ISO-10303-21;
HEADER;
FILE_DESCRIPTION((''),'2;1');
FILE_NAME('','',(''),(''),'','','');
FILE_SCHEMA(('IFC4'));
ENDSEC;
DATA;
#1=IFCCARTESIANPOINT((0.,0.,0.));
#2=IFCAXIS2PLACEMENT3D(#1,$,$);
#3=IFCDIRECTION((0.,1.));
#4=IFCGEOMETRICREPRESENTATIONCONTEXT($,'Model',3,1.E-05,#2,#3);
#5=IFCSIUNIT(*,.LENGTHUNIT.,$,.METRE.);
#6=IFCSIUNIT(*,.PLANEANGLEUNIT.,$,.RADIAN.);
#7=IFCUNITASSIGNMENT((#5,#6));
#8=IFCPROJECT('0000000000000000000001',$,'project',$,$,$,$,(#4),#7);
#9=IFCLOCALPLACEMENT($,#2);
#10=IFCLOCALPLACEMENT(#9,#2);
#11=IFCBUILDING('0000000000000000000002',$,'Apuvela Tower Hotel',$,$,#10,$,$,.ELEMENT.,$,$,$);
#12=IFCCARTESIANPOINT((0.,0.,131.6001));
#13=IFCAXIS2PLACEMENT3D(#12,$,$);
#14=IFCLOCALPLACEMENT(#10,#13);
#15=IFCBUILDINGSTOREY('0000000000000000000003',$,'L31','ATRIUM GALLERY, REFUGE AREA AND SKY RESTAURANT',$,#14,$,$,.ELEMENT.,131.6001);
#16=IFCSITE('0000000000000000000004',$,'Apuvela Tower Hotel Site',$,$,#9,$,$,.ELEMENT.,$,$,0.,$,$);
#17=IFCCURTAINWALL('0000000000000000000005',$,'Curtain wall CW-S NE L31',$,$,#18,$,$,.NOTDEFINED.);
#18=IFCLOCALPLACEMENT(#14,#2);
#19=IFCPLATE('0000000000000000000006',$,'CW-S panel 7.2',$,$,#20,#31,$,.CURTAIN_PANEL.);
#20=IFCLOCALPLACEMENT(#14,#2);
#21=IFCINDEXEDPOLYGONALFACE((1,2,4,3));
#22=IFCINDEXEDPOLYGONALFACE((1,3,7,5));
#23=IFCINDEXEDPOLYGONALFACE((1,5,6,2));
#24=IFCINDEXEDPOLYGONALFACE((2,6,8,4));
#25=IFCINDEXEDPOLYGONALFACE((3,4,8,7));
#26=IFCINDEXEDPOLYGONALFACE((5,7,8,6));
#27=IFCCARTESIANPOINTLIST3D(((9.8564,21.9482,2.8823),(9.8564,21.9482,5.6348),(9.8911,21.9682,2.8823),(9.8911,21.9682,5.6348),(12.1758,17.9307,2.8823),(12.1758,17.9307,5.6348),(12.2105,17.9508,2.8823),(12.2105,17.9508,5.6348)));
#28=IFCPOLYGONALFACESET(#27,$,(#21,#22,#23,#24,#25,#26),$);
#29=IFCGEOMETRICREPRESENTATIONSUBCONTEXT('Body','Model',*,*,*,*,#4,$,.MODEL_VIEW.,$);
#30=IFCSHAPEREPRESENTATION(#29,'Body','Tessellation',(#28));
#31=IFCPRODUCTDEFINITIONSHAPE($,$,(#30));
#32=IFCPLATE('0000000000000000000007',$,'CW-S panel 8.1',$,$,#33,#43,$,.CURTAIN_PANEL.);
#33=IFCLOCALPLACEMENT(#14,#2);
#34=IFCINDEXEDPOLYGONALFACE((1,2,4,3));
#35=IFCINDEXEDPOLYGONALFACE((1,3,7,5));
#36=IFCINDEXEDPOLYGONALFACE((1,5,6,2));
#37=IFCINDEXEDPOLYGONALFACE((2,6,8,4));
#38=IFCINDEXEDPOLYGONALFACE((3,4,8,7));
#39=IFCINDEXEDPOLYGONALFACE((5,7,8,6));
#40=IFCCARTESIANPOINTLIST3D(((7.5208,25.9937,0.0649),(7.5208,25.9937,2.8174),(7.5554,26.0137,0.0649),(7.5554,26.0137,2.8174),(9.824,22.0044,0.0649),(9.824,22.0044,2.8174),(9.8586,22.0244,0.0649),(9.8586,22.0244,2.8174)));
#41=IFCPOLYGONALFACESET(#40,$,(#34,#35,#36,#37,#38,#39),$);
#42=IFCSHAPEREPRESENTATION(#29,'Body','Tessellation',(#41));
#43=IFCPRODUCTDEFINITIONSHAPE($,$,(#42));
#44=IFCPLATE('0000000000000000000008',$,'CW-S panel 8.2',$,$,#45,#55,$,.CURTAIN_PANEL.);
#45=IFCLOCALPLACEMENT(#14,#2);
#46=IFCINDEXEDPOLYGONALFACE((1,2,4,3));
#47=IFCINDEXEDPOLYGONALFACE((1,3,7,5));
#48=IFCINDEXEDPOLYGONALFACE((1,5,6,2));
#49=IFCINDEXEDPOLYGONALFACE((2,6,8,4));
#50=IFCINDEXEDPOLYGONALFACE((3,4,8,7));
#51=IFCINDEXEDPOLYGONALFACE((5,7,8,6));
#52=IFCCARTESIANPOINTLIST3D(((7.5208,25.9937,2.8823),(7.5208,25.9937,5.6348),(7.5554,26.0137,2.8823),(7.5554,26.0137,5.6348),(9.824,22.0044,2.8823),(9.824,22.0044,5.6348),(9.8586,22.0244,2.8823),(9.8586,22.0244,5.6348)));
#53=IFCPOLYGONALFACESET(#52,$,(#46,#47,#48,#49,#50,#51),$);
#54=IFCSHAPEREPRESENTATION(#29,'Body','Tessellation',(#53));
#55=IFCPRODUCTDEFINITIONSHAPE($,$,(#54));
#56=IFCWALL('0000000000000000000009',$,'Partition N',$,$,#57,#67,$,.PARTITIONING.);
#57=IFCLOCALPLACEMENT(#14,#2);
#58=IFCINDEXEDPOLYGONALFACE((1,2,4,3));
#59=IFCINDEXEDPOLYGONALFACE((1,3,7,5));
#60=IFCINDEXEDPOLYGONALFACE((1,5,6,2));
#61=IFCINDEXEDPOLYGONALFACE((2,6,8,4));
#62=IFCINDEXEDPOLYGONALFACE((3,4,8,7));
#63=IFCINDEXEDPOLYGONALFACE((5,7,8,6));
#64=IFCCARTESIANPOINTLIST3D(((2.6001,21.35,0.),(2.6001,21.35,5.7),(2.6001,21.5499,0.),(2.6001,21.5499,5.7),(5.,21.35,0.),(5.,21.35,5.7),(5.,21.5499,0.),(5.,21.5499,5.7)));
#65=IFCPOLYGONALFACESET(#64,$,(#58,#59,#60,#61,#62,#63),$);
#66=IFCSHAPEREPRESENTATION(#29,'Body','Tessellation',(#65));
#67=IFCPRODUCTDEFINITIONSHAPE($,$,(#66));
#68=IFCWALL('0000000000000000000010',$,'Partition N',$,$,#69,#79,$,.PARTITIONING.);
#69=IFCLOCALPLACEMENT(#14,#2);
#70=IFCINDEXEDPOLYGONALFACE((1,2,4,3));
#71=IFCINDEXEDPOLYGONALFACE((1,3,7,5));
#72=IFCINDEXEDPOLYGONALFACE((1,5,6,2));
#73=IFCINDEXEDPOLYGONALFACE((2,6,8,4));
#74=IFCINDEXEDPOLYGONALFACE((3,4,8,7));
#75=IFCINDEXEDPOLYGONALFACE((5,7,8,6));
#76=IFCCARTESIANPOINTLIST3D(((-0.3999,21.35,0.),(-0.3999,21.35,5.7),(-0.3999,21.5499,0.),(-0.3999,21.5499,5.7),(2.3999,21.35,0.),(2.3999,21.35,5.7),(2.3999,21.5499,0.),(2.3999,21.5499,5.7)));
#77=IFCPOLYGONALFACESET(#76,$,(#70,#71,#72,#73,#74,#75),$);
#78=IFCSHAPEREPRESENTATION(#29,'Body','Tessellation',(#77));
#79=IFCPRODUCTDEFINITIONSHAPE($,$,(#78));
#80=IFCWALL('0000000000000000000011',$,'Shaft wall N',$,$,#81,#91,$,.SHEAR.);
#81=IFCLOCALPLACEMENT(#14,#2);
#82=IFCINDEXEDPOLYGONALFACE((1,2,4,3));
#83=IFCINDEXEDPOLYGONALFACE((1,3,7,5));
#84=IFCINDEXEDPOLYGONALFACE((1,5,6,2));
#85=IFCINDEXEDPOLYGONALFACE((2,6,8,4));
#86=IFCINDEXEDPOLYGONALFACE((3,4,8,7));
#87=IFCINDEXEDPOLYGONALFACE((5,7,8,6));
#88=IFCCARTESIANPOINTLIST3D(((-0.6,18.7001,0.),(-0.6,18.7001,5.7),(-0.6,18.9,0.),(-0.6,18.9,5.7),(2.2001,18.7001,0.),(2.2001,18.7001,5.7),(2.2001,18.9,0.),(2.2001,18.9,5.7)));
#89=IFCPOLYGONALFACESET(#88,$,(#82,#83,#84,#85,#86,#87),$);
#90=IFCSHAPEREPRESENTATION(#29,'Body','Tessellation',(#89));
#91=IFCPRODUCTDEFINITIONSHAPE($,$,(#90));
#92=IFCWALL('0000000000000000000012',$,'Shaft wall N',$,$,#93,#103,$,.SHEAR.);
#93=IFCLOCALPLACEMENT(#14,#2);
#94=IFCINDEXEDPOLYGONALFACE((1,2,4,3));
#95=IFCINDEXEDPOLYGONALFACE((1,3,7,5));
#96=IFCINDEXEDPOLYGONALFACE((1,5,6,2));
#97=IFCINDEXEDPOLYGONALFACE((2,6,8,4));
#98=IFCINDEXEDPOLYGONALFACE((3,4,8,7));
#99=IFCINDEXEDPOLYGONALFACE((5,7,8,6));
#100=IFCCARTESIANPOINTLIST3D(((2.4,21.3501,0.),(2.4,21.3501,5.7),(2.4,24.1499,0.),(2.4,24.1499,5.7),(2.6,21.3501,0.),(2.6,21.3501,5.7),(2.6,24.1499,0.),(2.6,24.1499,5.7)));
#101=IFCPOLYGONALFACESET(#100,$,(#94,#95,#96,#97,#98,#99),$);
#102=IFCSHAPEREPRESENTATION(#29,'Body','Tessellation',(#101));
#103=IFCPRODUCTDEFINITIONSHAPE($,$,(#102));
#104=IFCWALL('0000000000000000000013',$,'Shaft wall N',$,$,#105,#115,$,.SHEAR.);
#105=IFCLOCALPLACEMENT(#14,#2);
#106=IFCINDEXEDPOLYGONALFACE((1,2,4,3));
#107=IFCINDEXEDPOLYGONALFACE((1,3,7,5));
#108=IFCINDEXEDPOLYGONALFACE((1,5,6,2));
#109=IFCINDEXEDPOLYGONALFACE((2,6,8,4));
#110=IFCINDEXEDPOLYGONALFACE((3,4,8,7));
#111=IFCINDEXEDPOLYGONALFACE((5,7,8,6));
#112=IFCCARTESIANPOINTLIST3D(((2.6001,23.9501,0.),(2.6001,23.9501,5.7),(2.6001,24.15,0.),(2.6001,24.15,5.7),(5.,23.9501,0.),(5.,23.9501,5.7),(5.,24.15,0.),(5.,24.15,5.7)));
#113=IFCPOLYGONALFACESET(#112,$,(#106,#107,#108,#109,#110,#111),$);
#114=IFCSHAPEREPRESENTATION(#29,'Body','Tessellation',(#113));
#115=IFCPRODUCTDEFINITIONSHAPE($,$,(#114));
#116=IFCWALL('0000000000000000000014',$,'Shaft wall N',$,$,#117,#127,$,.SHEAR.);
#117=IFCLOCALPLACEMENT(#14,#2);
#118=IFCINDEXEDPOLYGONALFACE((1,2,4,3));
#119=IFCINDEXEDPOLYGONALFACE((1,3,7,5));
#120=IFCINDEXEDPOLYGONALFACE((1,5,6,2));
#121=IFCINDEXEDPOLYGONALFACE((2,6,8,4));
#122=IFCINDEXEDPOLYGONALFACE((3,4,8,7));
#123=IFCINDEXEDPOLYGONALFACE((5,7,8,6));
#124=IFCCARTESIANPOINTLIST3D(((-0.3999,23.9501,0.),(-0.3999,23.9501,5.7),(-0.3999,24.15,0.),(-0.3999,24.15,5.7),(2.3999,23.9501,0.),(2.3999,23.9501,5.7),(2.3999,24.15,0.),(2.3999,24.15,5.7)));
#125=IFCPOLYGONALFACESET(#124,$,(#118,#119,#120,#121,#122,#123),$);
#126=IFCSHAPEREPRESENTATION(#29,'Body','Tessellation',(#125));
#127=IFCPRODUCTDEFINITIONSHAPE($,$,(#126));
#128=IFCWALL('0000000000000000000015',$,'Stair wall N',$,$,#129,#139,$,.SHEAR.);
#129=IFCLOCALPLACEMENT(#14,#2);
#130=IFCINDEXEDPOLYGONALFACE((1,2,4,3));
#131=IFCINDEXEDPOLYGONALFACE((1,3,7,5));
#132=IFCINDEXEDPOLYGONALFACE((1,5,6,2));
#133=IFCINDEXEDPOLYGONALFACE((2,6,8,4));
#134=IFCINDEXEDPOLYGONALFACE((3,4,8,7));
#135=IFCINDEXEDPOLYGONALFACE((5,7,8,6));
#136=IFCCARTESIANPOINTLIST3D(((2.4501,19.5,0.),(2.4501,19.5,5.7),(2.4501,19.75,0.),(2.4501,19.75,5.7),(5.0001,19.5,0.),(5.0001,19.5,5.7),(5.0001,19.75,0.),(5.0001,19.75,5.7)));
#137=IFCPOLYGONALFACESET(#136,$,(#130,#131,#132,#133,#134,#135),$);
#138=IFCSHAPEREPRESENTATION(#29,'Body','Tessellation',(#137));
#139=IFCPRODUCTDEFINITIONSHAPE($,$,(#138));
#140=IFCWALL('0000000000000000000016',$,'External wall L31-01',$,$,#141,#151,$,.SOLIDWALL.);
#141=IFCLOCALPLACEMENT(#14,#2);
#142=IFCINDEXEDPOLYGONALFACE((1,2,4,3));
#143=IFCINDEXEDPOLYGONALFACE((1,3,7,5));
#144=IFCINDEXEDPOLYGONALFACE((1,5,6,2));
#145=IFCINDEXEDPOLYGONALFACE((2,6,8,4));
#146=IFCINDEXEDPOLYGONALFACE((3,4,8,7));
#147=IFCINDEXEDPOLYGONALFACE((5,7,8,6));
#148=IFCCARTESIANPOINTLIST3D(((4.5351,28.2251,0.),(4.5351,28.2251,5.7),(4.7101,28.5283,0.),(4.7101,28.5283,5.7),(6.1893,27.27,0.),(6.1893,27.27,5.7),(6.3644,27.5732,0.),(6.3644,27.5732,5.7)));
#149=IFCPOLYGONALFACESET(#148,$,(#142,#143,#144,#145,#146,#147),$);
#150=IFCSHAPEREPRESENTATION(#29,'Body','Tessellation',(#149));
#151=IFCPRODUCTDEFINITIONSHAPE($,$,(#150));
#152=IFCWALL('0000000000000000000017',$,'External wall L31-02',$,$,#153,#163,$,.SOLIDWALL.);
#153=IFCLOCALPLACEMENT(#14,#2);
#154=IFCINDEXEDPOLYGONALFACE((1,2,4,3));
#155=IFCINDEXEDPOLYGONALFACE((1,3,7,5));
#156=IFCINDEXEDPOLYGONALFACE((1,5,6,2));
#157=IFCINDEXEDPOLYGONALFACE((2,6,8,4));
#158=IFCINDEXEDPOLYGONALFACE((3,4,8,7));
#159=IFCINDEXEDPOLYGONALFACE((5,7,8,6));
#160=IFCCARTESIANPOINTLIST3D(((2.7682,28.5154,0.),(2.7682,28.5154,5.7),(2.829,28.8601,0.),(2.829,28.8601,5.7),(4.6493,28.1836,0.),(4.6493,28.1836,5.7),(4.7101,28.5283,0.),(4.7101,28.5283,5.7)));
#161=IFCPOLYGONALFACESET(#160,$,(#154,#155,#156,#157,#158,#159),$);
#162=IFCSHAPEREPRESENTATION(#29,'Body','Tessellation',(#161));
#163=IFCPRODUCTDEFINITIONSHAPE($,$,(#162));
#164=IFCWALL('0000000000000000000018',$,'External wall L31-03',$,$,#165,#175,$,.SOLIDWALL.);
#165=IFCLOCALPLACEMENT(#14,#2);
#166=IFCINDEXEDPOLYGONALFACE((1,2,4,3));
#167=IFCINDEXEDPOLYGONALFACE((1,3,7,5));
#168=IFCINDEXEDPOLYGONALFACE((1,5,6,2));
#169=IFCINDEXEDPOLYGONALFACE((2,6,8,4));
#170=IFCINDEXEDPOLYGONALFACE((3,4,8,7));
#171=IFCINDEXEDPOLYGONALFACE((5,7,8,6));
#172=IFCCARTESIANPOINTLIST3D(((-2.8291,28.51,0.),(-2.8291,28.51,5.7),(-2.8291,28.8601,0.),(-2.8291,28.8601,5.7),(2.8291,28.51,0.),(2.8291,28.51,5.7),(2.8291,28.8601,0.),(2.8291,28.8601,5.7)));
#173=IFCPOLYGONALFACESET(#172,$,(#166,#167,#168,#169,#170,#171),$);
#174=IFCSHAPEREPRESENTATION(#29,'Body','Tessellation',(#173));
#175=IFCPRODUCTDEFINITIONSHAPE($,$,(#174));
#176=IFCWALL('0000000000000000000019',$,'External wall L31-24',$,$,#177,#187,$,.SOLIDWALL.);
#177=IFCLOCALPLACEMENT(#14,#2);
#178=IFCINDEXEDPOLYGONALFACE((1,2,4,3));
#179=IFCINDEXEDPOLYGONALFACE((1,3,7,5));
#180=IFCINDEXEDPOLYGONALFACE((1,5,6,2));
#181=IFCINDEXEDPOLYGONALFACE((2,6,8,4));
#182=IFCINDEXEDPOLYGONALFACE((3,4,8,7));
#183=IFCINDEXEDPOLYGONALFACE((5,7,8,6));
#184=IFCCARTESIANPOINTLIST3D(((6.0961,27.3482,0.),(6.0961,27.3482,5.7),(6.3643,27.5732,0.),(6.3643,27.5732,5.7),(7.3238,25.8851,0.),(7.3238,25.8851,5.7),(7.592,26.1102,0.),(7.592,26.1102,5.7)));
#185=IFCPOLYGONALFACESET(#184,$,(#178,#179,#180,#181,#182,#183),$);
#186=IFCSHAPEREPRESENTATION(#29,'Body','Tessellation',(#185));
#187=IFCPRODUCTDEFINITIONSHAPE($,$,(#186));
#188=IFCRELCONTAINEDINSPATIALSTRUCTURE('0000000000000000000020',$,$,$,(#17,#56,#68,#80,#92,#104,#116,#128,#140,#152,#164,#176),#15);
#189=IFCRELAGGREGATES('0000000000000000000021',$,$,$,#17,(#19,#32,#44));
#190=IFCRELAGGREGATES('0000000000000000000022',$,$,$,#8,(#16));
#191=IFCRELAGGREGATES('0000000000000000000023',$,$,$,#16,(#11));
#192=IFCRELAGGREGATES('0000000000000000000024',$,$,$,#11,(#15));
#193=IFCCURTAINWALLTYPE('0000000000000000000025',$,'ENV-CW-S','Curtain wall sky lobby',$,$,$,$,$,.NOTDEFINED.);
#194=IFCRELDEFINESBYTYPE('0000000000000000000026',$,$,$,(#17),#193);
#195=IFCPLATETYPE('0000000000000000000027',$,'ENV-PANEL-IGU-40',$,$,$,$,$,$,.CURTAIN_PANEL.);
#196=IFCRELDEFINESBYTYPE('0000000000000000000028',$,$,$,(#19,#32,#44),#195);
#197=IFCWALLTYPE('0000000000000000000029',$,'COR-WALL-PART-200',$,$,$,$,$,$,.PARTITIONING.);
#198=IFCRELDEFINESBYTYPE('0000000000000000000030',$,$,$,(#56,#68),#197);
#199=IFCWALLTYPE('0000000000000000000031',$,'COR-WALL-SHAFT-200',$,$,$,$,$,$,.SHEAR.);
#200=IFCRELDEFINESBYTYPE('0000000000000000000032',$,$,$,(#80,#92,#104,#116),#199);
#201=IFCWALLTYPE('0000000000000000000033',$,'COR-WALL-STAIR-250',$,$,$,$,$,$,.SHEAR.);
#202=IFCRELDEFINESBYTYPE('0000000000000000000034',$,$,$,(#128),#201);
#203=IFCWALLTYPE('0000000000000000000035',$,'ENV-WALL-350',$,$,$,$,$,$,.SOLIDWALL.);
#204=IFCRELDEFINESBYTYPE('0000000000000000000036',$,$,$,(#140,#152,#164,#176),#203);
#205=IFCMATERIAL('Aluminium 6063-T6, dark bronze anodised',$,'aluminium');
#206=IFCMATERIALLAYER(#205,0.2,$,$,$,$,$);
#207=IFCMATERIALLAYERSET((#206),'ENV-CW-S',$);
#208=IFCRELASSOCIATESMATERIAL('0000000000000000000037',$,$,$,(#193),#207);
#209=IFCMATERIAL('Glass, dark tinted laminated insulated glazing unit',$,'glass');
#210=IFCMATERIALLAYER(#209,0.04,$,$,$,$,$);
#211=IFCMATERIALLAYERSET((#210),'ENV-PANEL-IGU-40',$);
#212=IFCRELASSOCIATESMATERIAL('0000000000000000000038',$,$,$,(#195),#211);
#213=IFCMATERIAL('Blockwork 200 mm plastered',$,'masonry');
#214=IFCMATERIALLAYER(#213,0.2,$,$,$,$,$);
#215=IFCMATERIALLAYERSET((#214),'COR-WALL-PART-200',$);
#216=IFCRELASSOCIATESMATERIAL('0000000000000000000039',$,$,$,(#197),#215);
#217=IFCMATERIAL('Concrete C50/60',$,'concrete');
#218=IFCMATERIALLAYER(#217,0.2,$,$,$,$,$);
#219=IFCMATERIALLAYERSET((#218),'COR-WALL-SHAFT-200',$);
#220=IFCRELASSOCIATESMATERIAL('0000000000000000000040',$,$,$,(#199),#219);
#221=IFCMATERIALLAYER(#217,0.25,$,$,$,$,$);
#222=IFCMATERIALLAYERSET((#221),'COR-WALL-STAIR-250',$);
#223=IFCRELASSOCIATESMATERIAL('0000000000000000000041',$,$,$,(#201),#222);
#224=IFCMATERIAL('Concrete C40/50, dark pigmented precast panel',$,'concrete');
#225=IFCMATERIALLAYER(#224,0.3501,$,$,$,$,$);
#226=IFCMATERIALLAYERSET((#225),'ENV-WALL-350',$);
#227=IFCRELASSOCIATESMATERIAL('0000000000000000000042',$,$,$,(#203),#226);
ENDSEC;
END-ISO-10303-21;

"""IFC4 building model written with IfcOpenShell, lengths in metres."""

from ifc_helpers import new_model, si_unit, direction, frame, frame_2d, origin, origin_2d, place, context, subcontext, project, spatial, rectangle, extrude, material, layer, layer_set, type_object, element, aggregate, save


model = new_model("IFC4")

# Units and contexts
model_context = context("Model", 3, precision=1e-05, world=origin(), true_north=direction((0.0, 1.0)))
body_context = subcontext(model_context, "Body", "Model", "MODEL_VIEW")
ifc_project = project(units=[si_unit("LENGTHUNIT", "METRE"), si_unit("PLANEANGLEUNIT", "RADIAN")], contexts=[model_context])

# Site, building, storey
site_placement = place(None, origin())
site = spatial("IfcSite", under=ifc_project, at=site_placement, Name="Apuvela Tower Hotel Site", CompositionType="ELEMENT", RefElevation=0.0)
building_placement = place(site_placement, origin())
building = spatial("IfcBuilding", under=site, at=building_placement, Name="Apuvela Tower Hotel", CompositionType="ELEMENT")
storey_placement = place(building_placement, frame((0.0, 0.0, 131.6001)))
storey = spatial("IfcBuildingStorey", under=building, at=storey_placement, Name="L31", Description="ATRIUM GALLERY, REFUGE AREA AND SKY RESTAURANT", CompositionType="ELEMENT", Elevation=131.6001)

# Curtain wall
ifc_material_1 = material(Name="Aluminium 6063-T6, dark bronze anodised", Category="aluminium")
ifc_layer_1 = layer(ifc_material_1, 0.2)
ifc_layer_set_1 = layer_set([ifc_layer_1], Name="ENV-CW-S")
curtain_wall_type = type_object("IfcCurtainWallType", Name="ENV-CW-S", Description="Curtain wall sky lobby", PredefinedType="NOTDEFINED", material=ifc_layer_set_1)
curtain_wall_placement = place(storey_placement, origin())
curtain_wall = element("IfcCurtainWall", 1, at=curtain_wall_placement, inside=storey, type_object=curtain_wall_type, Name="Curtain wall CW-S NE L31", PredefinedType="NOTDEFINED")

# Plates
ifc_material_2 = material(Name="Glass, dark tinted laminated insulated glazing unit", Category="glass")
ifc_layer_2 = layer(ifc_material_2, 0.04)
ifc_layer_set_2 = layer_set([ifc_layer_2], Name="ENV-PANEL-IGU-40")
plate_type = type_object("IfcPlateType", Name="ENV-PANEL-IGU-40", PredefinedType="CURTAIN_PANEL", material=ifc_layer_set_2)
plate_1_placement = place(storey_placement, frame((11.0334, 19.9495, 2.8823), z_axis=(0.0, 0.0, 1.0), x_axis=(-0.499999, 0.866026, 0.0)))
plate_1 = element("IfcPlate", 2, at=plate_1_placement, type_object=plate_type, Name="CW-S panel 7.2", PredefinedType="CURTAIN_PANEL", context=body_context, shape_type="SweptSolid", body=[
    extrude(rectangle(XDim=4.6389, YDim=0.04, at=origin_2d()), origin(), (0.0, 0.0, 1.0), 2.7524),
])
plate_2_placement = place(storey_placement, frame((8.6897, 24.009, 0.0649), z_axis=(0.0, 0.0, 1.0), x_axis=(-0.499999, 0.866026, 0.0)))
plate_2 = element("IfcPlate", 3, at=plate_2_placement, type_object=plate_type, Name="CW-S panel 8.1", PredefinedType="CURTAIN_PANEL", context=body_context, shape_type="SweptSolid", body=[
    extrude(rectangle(XDim=4.6064, YDim=0.04, at=origin_2d()), origin(), (0.0, 0.0, 1.0), 2.7524),
])
plate_3_placement = place(storey_placement, frame((8.6897, 24.009, 2.8823), z_axis=(0.0, 0.0, 1.0), x_axis=(-0.499999, 0.866026, 0.0)))
plate_3 = element("IfcPlate", 4, at=plate_3_placement, type_object=plate_type, Name="CW-S panel 8.2", PredefinedType="CURTAIN_PANEL", context=body_context, shape_type="SweptSolid", body=[
    extrude(rectangle(XDim=4.6064, YDim=0.04, at=origin_2d()), origin(), (0.0, 0.0, 1.0), 2.7524),
])
aggregate(curtain_wall, [plate_1, plate_2, plate_3])

# Walls
ifc_material_3 = material(Name="Blockwork 200 mm plastered", Category="masonry")
ifc_layer_3 = layer(ifc_material_3, 0.2)
ifc_layer_set_3 = layer_set([ifc_layer_3], Name="COR-WALL-PART-200")
wall_type_1 = type_object("IfcWallType", Name="COR-WALL-PART-200", PredefinedType="PARTITIONING", material=ifc_layer_set_3)
wall_1_placement = place(storey_placement, frame((5.0, 21.45, 0.0), z_axis=(0.0, 0.0, 1.0), x_axis=(-1.0, 0.0, 0.0)))
element("IfcWall", 5, at=wall_1_placement, inside=storey, type_object=wall_type_1, Name="Partition N", PredefinedType="PARTITIONING", context=body_context, shape_type="SweptSolid", body=[
    extrude(rectangle(XDim=2.3999, YDim=0.2, at=frame_2d((1.2, 0.0))), origin(), (0.0, 0.0, 1.0), 5.7),
])
wall_2_placement = place(storey_placement, frame((2.3999, 21.45, 0.0), z_axis=(0.0, 0.0, 1.0), x_axis=(-1.0, 0.0, 0.0)))
element("IfcWall", 6, at=wall_2_placement, inside=storey, type_object=wall_type_1, Name="Partition N", PredefinedType="PARTITIONING", context=body_context, shape_type="SweptSolid", body=[
    extrude(rectangle(XDim=2.7998, YDim=0.2, at=frame_2d((1.3999, 0.0))), origin(), (0.0, 0.0, 1.0), 5.7),
])
ifc_material_4 = material(Name="Concrete C50/60", Category="concrete")
ifc_layer_4 = layer(ifc_material_4, 0.2)
ifc_layer_set_4 = layer_set([ifc_layer_4], Name="COR-WALL-SHAFT-200")
wall_type_2 = type_object("IfcWallType", Name="COR-WALL-SHAFT-200", PredefinedType="SHEAR", material=ifc_layer_set_4)
wall_3_placement = place(storey_placement, frame((2.2, 18.8, 0.0), z_axis=(0.0, 0.0, 1.0), x_axis=(-1.0, 0.0, 0.0)))
element("IfcWall", 7, at=wall_3_placement, inside=storey, type_object=wall_type_2, Name="Shaft wall N", PredefinedType="SHEAR", context=body_context, shape_type="SweptSolid", body=[
    extrude(rectangle(XDim=2.8, YDim=0.2, at=frame_2d((1.3999, 0.0))), origin(), (0.0, 0.0, 1.0), 5.7),
])
wall_4_placement = place(storey_placement, frame((2.5, 21.3501, 0.0), z_axis=(0.0, 0.0, 1.0), x_axis=(0.0, 1.0, 0.0)))
element("IfcWall", 8, at=wall_4_placement, inside=storey, type_object=wall_type_2, Name="Shaft wall N", PredefinedType="SHEAR", context=body_context, shape_type="SweptSolid", body=[
    extrude(rectangle(XDim=2.7998, YDim=0.2, at=frame_2d((1.3999, 0.0))), origin(), (0.0, 0.0, 1.0), 5.7),
])
wall_5_placement = place(storey_placement, frame((5.0, 24.05, 0.0), z_axis=(0.0, 0.0, 1.0), x_axis=(-1.0, 0.0, 0.0)))
element("IfcWall", 9, at=wall_5_placement, inside=storey, type_object=wall_type_2, Name="Shaft wall N", PredefinedType="SHEAR", context=body_context, shape_type="SweptSolid", body=[
    extrude(rectangle(XDim=2.3999, YDim=0.2, at=frame_2d((1.2, 0.0))), origin(), (0.0, 0.0, 1.0), 5.7),
])
wall_6_placement = place(storey_placement, frame((2.3999, 24.05, 0.0), z_axis=(0.0, 0.0, 1.0), x_axis=(-1.0, 0.0, 0.0)))
element("IfcWall", 10, at=wall_6_placement, inside=storey, type_object=wall_type_2, Name="Shaft wall N", PredefinedType="SHEAR", context=body_context, shape_type="SweptSolid", body=[
    extrude(rectangle(XDim=2.7998, YDim=0.2, at=frame_2d((1.3999, 0.0))), origin(), (0.0, 0.0, 1.0), 5.7),
])
ifc_layer_5 = layer(ifc_material_4, 0.25)
ifc_layer_set_5 = layer_set([ifc_layer_5], Name="COR-WALL-STAIR-250")
wall_type_3 = type_object("IfcWallType", Name="COR-WALL-STAIR-250", PredefinedType="SHEAR", material=ifc_layer_set_5)
wall_7_placement = place(storey_placement, frame((5.0, 19.625, 0.0), z_axis=(0.0, 0.0, 1.0), x_axis=(-1.0, 0.0, 0.0)))
element("IfcWall", 11, at=wall_7_placement, inside=storey, type_object=wall_type_3, Name="Stair wall N", PredefinedType="SHEAR", context=body_context, shape_type="SweptSolid", body=[
    extrude(rectangle(XDim=2.55, YDim=0.25, at=frame_2d((1.2749, 0.0))), origin(), (0.0, 0.0, 1.0), 5.7),
])
ifc_material_5 = material(Name="Concrete C40/50, dark pigmented precast panel", Category="concrete")
ifc_layer_6 = layer(ifc_material_5, 0.3501)
ifc_layer_set_6 = layer_set([ifc_layer_6], Name="ENV-WALL-350")
wall_type_4 = type_object("IfcWallType", Name="ENV-WALL-350", PredefinedType="SOLIDWALL", material=ifc_layer_set_6)
for number, where, z_axis, x_axis, name in (
    (12, (6.2769, 27.4216, 0.0), (0.0, 0.0, 1.0), (-0.866032, 0.499988, 0.0), "External wall L31-01"),
    (13, (4.6797, 28.356, 0.0), (0.0, 0.0, 1.0), (-0.984799, 0.173698, 0.0), "External wall L31-02"),
):
    element("IfcWall", number, at=place(storey_placement, frame(where, z_axis=z_axis, x_axis=x_axis)), inside=storey, type_object=wall_type_4, Name=name, PredefinedType="SOLIDWALL", context=body_context, shape_type="SweptSolid", body=[
        extrude(rectangle(XDim=1.9102, YDim=0.3501, at=frame_2d((0.9551, 0.0))), origin(), (0.0, 0.0, 1.0), 5.7),
    ])
wall_8_placement = place(storey_placement, frame((2.8291, 28.6851, 0.0), z_axis=(0.0, 0.0, 1.0), x_axis=(-1.0, 0.0, 0.0)))
element("IfcWall", 14, at=wall_8_placement, inside=storey, type_object=wall_type_4, Name="External wall L31-03", PredefinedType="SOLIDWALL", context=body_context, shape_type="SweptSolid", body=[
    extrude(rectangle(XDim=5.6582, YDim=0.3501, at=frame_2d((2.8291, 0.0))), origin(), (0.0, 0.0, 1.0), 5.7),
])
wall_9_placement = place(storey_placement, frame((7.458, 25.9976, 0.0), z_axis=(0.0, 0.0, 1.0), x_axis=(-0.642808, 0.766027, 0.0)))
element("IfcWall", 15, at=wall_9_placement, inside=storey, type_object=wall_type_4, Name="External wall L31-24", PredefinedType="SOLIDWALL", context=body_context, shape_type="SweptSolid", body=[
    extrude(rectangle(XDim=1.9099, YDim=0.3501, at=frame_2d((0.9551, 0.0))), origin(), (0.0, 0.0, 1.0), 5.7),
])

save(model, "model.ifc")
